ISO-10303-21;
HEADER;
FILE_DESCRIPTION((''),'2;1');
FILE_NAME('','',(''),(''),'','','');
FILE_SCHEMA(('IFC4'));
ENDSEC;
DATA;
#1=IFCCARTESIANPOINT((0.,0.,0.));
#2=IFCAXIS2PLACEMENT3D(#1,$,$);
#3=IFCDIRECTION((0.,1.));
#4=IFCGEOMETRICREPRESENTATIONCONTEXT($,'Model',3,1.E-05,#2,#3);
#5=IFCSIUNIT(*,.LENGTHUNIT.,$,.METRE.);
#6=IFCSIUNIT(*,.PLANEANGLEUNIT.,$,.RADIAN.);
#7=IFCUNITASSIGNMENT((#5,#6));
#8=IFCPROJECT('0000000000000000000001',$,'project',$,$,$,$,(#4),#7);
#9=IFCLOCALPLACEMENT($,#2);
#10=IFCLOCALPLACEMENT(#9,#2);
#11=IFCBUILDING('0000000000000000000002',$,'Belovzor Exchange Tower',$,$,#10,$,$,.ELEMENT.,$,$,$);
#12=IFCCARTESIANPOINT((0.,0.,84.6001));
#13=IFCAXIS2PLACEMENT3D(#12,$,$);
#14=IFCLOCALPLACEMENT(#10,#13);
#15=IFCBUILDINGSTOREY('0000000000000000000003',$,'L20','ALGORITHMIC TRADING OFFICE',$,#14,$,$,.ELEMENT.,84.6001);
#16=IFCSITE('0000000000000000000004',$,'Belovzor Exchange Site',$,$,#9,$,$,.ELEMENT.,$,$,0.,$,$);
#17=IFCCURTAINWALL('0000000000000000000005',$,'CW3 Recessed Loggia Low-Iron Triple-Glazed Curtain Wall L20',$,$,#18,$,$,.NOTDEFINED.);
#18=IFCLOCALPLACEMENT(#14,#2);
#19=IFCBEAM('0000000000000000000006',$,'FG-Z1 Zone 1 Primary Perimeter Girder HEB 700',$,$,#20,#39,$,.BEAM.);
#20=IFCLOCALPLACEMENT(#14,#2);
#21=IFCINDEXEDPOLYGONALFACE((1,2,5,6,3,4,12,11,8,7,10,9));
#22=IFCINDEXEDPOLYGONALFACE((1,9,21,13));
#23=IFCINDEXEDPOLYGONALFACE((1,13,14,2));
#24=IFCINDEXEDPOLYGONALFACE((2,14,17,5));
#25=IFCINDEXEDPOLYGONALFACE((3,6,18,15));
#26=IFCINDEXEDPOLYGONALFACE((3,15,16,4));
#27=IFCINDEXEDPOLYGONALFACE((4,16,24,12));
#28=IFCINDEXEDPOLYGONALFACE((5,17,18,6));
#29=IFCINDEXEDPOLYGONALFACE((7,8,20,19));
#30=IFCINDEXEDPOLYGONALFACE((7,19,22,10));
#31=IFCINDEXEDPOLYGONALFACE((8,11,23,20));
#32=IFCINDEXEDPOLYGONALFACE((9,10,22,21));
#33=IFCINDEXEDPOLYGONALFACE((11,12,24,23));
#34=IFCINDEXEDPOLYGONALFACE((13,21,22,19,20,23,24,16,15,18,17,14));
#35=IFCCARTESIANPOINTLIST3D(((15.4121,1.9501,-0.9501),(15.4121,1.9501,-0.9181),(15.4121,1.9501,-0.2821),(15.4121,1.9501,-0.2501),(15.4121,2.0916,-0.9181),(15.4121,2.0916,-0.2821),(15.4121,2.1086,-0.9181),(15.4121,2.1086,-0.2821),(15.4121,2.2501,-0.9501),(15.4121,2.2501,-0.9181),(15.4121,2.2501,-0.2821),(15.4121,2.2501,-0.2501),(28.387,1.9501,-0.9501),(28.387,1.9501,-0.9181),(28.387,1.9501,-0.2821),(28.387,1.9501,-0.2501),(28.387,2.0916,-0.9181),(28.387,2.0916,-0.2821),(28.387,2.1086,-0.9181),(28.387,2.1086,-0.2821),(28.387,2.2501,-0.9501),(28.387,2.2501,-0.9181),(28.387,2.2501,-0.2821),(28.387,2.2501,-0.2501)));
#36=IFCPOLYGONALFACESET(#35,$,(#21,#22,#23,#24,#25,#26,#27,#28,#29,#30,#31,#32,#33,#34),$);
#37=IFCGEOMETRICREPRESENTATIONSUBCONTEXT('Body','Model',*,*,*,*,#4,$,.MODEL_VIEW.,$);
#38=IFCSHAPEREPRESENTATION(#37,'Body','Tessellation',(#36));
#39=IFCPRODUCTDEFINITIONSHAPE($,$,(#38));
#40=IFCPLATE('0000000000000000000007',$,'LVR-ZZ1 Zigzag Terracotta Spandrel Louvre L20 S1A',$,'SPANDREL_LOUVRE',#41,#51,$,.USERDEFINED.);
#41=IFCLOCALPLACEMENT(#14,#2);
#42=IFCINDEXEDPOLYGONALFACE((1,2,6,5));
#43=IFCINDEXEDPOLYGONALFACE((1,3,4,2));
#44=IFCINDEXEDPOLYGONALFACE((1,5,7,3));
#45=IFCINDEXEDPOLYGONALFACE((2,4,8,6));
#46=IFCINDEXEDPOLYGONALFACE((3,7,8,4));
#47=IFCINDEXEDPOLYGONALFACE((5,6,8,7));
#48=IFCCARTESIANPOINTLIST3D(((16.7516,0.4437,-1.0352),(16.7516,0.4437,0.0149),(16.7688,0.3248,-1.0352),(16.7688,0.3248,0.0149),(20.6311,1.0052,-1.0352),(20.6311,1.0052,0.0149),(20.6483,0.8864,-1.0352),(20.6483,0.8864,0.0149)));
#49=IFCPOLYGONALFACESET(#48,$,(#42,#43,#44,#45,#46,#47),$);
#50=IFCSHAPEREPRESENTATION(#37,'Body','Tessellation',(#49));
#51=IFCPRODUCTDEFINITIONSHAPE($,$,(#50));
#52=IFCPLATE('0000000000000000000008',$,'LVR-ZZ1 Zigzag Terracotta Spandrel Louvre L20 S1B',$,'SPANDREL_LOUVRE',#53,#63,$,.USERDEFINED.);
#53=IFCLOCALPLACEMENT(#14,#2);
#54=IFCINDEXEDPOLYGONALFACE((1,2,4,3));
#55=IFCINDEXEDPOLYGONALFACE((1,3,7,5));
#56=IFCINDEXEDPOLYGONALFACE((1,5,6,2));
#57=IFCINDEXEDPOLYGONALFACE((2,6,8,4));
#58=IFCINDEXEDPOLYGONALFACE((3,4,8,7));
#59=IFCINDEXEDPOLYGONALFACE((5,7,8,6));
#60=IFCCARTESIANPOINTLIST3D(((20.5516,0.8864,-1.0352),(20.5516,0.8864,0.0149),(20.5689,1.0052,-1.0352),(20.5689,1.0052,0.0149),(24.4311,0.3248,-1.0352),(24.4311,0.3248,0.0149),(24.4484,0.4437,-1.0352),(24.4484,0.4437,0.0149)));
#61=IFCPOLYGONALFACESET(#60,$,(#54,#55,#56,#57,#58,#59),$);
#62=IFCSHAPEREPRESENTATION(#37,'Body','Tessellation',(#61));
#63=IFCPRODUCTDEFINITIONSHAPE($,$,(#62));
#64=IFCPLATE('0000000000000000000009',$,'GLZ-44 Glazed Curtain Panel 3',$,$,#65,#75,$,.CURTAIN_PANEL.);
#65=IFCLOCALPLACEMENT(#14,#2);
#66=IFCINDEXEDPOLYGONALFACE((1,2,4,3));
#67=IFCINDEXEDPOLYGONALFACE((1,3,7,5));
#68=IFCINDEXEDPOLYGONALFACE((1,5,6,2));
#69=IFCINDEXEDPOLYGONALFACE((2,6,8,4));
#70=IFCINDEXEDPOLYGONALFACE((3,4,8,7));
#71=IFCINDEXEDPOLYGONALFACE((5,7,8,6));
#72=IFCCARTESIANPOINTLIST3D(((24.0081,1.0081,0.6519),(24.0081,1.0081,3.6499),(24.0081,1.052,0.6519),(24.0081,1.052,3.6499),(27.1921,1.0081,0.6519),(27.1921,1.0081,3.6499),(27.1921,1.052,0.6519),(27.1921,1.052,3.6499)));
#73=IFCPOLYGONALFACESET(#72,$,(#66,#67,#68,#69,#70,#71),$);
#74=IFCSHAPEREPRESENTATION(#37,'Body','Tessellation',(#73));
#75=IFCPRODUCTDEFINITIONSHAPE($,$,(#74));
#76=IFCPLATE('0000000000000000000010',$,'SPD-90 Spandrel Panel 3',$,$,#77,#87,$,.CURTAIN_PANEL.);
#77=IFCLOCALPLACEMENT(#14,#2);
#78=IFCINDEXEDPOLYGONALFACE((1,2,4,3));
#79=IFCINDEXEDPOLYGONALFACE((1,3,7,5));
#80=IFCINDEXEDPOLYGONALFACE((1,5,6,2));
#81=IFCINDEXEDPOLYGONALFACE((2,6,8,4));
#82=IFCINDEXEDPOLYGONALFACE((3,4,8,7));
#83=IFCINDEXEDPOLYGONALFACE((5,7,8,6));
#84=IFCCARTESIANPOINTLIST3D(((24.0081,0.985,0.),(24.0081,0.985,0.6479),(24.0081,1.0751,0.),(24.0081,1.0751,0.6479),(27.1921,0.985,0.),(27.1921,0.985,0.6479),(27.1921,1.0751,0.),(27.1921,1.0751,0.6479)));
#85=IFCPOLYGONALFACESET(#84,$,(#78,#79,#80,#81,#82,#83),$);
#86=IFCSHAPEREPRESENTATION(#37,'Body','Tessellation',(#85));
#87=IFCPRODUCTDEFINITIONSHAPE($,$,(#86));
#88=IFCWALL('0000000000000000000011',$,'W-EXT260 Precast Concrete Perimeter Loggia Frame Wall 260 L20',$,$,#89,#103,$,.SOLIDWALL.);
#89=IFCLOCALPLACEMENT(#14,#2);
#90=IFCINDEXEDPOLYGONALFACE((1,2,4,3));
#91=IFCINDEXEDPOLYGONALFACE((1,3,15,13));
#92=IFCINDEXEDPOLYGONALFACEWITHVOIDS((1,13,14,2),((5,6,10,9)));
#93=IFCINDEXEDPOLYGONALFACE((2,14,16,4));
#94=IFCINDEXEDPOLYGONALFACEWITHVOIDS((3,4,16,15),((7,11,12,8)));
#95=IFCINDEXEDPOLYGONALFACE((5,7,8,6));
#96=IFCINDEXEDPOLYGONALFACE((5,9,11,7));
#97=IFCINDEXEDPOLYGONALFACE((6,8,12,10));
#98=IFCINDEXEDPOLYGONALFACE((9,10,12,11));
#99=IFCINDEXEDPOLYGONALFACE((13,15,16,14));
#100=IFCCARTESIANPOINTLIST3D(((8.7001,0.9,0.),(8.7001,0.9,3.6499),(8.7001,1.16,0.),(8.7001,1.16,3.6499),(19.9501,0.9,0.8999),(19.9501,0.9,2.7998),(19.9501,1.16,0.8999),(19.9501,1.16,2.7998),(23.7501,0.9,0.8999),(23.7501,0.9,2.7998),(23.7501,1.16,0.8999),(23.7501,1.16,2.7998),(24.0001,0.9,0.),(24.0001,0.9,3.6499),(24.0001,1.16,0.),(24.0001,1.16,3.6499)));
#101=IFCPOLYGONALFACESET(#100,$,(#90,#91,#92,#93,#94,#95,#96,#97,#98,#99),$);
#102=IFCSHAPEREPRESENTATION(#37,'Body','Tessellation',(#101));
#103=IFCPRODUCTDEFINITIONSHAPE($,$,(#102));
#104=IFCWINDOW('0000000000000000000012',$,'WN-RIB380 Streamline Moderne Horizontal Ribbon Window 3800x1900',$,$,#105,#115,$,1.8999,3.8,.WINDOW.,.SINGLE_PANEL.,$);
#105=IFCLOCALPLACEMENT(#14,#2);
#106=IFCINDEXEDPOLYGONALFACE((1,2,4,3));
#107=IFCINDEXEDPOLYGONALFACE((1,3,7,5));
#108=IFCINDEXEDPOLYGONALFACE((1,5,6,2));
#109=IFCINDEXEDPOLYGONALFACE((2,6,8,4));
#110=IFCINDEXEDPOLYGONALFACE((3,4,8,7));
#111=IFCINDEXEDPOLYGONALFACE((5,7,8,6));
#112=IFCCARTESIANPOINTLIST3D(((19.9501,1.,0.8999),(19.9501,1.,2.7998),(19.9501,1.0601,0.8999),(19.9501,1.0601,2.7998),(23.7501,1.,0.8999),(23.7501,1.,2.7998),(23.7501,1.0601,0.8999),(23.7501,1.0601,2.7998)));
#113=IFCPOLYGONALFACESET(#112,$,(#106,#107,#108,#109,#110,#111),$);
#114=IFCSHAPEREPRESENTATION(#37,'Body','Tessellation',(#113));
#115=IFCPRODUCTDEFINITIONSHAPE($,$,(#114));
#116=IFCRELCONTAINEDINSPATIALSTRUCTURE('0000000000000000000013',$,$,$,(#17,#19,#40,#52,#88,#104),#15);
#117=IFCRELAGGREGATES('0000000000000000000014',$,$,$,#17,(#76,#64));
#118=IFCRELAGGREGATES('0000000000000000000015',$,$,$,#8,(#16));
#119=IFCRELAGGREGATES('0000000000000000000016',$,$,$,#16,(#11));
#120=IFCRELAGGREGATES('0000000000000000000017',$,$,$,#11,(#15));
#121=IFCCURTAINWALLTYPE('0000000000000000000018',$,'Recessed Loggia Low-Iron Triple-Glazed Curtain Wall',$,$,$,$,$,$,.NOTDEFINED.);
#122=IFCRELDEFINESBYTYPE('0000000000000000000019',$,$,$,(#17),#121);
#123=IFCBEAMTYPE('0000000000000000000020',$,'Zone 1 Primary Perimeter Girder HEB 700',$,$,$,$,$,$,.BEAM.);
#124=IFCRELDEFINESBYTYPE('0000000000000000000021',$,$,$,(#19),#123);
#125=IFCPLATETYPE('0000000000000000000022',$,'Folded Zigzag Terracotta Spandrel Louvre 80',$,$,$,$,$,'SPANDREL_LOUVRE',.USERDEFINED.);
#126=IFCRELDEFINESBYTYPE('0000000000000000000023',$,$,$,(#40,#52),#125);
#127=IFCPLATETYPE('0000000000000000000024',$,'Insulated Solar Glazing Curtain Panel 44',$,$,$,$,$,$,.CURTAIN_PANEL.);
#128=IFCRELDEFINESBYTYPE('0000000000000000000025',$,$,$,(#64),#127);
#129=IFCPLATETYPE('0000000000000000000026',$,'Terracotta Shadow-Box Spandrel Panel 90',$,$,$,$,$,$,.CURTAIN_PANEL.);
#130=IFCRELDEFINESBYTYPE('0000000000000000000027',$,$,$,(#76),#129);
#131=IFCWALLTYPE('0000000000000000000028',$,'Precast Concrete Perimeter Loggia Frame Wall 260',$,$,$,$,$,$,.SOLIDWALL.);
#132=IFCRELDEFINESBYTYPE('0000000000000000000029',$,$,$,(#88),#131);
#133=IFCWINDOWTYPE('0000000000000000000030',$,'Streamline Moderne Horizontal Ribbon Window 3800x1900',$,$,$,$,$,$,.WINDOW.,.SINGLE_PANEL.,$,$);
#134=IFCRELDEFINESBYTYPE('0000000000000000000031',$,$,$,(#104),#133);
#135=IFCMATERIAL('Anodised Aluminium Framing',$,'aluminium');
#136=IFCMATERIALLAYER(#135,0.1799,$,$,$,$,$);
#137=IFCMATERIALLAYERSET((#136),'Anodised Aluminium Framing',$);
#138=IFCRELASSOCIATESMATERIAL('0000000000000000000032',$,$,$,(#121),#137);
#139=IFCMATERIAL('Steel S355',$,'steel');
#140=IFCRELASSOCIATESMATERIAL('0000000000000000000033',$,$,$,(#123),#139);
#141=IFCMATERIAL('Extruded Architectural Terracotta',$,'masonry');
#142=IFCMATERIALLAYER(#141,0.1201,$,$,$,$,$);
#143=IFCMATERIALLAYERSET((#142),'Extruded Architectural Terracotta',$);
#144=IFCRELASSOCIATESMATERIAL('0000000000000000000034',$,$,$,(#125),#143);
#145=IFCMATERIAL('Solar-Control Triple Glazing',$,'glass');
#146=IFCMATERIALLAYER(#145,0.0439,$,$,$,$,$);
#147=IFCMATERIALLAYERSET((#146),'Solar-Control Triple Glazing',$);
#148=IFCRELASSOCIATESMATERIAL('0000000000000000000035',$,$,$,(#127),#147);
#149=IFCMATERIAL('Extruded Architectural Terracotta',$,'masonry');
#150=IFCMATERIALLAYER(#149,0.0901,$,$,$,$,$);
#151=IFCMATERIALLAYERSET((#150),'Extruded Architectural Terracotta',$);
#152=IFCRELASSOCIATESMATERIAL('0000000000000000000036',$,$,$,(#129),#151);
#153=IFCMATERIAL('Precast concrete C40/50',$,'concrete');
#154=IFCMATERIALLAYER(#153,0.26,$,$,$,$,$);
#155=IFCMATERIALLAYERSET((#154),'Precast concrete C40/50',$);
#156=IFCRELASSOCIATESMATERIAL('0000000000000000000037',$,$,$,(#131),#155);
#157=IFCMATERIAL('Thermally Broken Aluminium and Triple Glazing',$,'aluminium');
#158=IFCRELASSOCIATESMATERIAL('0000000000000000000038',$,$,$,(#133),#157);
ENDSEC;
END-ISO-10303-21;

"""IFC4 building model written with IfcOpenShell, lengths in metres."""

from ifc_helpers import new_model, si_unit, direction, frame, frame_2d, origin, origin_2d, place, context, subcontext, project, spatial, rectangle, i_section, extrude, material, layer, layer_set, material_profile, profile_set, type_object, element, fill, aggregate, save


model = new_model("IFC4")

# Units and contexts
model_context = context("Model", 3, precision=1e-05, world=origin(), true_north=direction((0.0, 1.0)))
body_context = subcontext(model_context, "Body", "Model", "MODEL_VIEW")
ifc_project = project(units=[si_unit("LENGTHUNIT", "METRE"), si_unit("PLANEANGLEUNIT", "RADIAN")], contexts=[model_context])

# Site, building, storey
site_placement = place(None, origin())
site = spatial("IfcSite", under=ifc_project, at=site_placement, Name="Belovzor Exchange Site", CompositionType="ELEMENT", RefElevation=0.0)
building_placement = place(site_placement, origin())
building = spatial("IfcBuilding", under=site, at=building_placement, Name="Belovzor Exchange Tower", CompositionType="ELEMENT")
storey_placement = place(building_placement, frame((0.0, 0.0, 84.6001)))
storey = spatial("IfcBuildingStorey", under=building, at=storey_placement, Name="L20", Description="ALGORITHMIC TRADING OFFICE", CompositionType="ELEMENT", Elevation=84.6001)

# Curtain wall
ifc_material_1 = material(Name="Anodised Aluminium Framing", Category="aluminium")
ifc_layer_1 = layer(ifc_material_1, 0.1799)
ifc_layer_set_1 = layer_set([ifc_layer_1], Name="Anodised Aluminium Framing")
curtain_wall_type = type_object("IfcCurtainWallType", Name="Recessed Loggia Low-Iron Triple-Glazed Curtain Wall", PredefinedType="NOTDEFINED", material=ifc_layer_set_1)
curtain_wall_placement = place(storey_placement, origin())
curtain_wall = element("IfcCurtainWall", 1, at=curtain_wall_placement, inside=storey, type_object=curtain_wall_type, Name="CW3 Recessed Loggia Low-Iron Triple-Glazed Curtain Wall L20", PredefinedType="NOTDEFINED")

# Beam
ifc_material_2 = material(Name="Steel S355", Category="steel")
ifc_material_profile_1 = material_profile(ifc_material_2, i_section(OverallWidth=0.3, OverallDepth=0.7, WebThickness=0.0171, FlangeThickness=0.032, at=origin_2d()))
ifc_profile_set_1 = profile_set([ifc_material_profile_1], Name="Steel S355")
beam_type_1 = type_object("IfcBeamType", Name="Zone 1 Primary Perimeter Girder HEB 700", PredefinedType="BEAM", material=ifc_profile_set_1)
beam_1_placement = place(storey_placement, frame((15.4121, 2.1001, -0.6001), z_axis=(1.0, 0.0, 0.0), x_axis=(0.0, 1.0, 0.0)))
element("IfcBeam", 2, at=beam_1_placement, inside=storey, type_object=beam_type_1, Name="FG-Z1 Zone 1 Primary Perimeter Girder HEB 700", PredefinedType="BEAM", context=body_context, shape_type="SweptSolid", body=[
    extrude(i_section(OverallWidth=0.3, OverallDepth=0.7, WebThickness=0.0171, FlangeThickness=0.032, at=origin_2d()), origin(), (0.0, 0.0, 1.0), 12.9749),
])

# Plates
ifc_material_3 = material(Name="Extruded Architectural Terracotta", Category="masonry")
ifc_layer_2 = layer(ifc_material_3, 0.1201)
ifc_layer_set_2 = layer_set([ifc_layer_2], Name="Extruded Architectural Terracotta")
plate_type_1 = type_object("IfcPlateType", Name="Folded Zigzag Terracotta Spandrel Louvre 80", ElementType="SPANDREL_LOUVRE", PredefinedType="USERDEFINED", material=ifc_layer_set_2)
for number, where, z_axis, x_axis, name in (
    (3, (18.7, 0.665, -1.0352), (0.0, 0.0, 1.0), (0.989686, 0.143251, 0.0), "LVR-ZZ1 Zigzag Terracotta Spandrel Louvre L20 S1A"),
    (4, (22.5, 0.665, -1.0352), (0.0, 0.0, 1.0), (0.989686, -0.143251, 0.0), "LVR-ZZ1 Zigzag Terracotta Spandrel Louvre L20 S1B"),
):
    element("IfcPlate", number, at=place(storey_placement, frame(where, z_axis=z_axis, x_axis=x_axis)), inside=storey, type_object=plate_type_1, Name=name, ObjectType="SPANDREL_LOUVRE", PredefinedType="USERDEFINED", context=body_context, shape_type="SweptSolid", body=[
        extrude(rectangle(XDim=3.9199, YDim=0.1201, at=origin_2d()), origin(), (0.0, 0.0, 1.0), 1.05),
    ])

# Plates
ifc_material_4 = material(Name="Solar-Control Triple Glazing", Category="glass")
ifc_layer_3 = layer(ifc_material_4, 0.0439)
ifc_layer_set_3 = layer_set([ifc_layer_3], Name="Solar-Control Triple Glazing")
plate_type_2 = type_object("IfcPlateType", Name="Insulated Solar Glazing Curtain Panel 44", PredefinedType="CURTAIN_PANEL", material=ifc_layer_set_3)
plate_1_placement = place(storey_placement, frame((25.6001, 1.03, 0.6519), z_axis=(0.0, 0.0, 1.0), x_axis=(-1.0, 0.0, 0.0)))
plate_1 = element("IfcPlate", 5, at=plate_1_placement, type_object=plate_type_2, Name="GLZ-44 Glazed Curtain Panel 3", PredefinedType="CURTAIN_PANEL", context=body_context, shape_type="SweptSolid", body=[
    extrude(rectangle(XDim=3.1841, YDim=0.0439, at=origin_2d()), origin(), (0.0, 0.0, 1.0), 2.998),
])
ifc_material_5 = material(Name="Extruded Architectural Terracotta", Category="masonry")
ifc_layer_4 = layer(ifc_material_5, 0.0901)
ifc_layer_set_4 = layer_set([ifc_layer_4], Name="Extruded Architectural Terracotta")
plate_type_3 = type_object("IfcPlateType", Name="Terracotta Shadow-Box Spandrel Panel 90", PredefinedType="CURTAIN_PANEL", material=ifc_layer_set_4)
plate_2_placement = place(storey_placement, frame((25.6001, 1.03, 0.0), z_axis=(0.0, 0.0, 1.0), x_axis=(-1.0, 0.0, 0.0)))
plate_2 = element("IfcPlate", 6, at=plate_2_placement, type_object=plate_type_3, Name="SPD-90 Spandrel Panel 3", PredefinedType="CURTAIN_PANEL", context=body_context, shape_type="SweptSolid", body=[
    extrude(rectangle(XDim=3.1841, YDim=0.0901, at=origin_2d()), origin(), (0.0, 0.0, 1.0), 0.6479),
])
aggregate(curtain_wall, [plate_2, plate_1])

# Wall, opening, window
ifc_material_6 = material(Name="Precast concrete C40/50", Category="concrete")
ifc_layer_5 = layer(ifc_material_6, 0.26)
ifc_layer_set_5 = layer_set([ifc_layer_5], Name="Precast concrete C40/50")
wall_type = type_object("IfcWallType", Name="Precast Concrete Perimeter Loggia Frame Wall 260", PredefinedType="SOLIDWALL", material=ifc_layer_set_5)
wall_placement = place(storey_placement, frame((24.0, 1.03, 0.0), z_axis=(0.0, 0.0, 1.0), x_axis=(-1.0, 0.0, 0.0)))
wall = element("IfcWall", 7, at=wall_placement, inside=storey, type_object=wall_type, Name="W-EXT260 Precast Concrete Perimeter Loggia Frame Wall 260 L20", PredefinedType="SOLIDWALL", context=body_context, shape_type="SweptSolid", body=[
    extrude(rectangle(XDim=15.3, YDim=0.26, at=frame_2d((7.6499, 0.0))), origin(), (0.0, 0.0, 1.0), 3.6499),
])
opening_placement = place(wall_placement, frame((0.25, 0.0, 0.8999)))
opening = element("IfcOpeningElement", 8, at=opening_placement, cuts=wall, PredefinedType="OPENING", context=body_context, shape_type="SweptSolid", body=[
    extrude(rectangle(XDim=3.8, YDim=1.8999, at=frame_2d((1.8999, 0.95))), frame((0.0, 0.1399, 0.0), z_axis=(0.0, -1.0, 0.0), x_axis=(1.0, 0.0, 0.0)), (0.0, 0.0, 1.0), 0.28),
])
ifc_material_7 = material(Name="Thermally Broken Aluminium and Triple Glazing", Category="aluminium")
window_type = type_object("IfcWindowType", Name="Streamline Moderne Horizontal Ribbon Window 3800x1900", PartitioningType="SINGLE_PANEL", PredefinedType="WINDOW", material=ifc_material_7)
window_placement = place(opening_placement, origin())
window = element("IfcWindow", 9, at=window_placement, inside=storey, type_object=window_type, Name="WN-RIB380 Streamline Moderne Horizontal Ribbon Window 3800x1900", OverallHeight=1.8999, OverallWidth=3.8, PartitioningType="SINGLE_PANEL", PredefinedType="WINDOW", context=body_context, shape_type="SweptSolid", body=[
    extrude(rectangle(XDim=3.8, YDim=1.8999, at=frame_2d((1.8999, 0.95))), frame((0.0, 0.03, 0.0), z_axis=(0.0, -1.0, 0.0), x_axis=(1.0, 0.0, 0.0)), (0.0, 0.0, 1.0), 0.0601),
])
fill(opening, window)

save(model, "model.ifc")
